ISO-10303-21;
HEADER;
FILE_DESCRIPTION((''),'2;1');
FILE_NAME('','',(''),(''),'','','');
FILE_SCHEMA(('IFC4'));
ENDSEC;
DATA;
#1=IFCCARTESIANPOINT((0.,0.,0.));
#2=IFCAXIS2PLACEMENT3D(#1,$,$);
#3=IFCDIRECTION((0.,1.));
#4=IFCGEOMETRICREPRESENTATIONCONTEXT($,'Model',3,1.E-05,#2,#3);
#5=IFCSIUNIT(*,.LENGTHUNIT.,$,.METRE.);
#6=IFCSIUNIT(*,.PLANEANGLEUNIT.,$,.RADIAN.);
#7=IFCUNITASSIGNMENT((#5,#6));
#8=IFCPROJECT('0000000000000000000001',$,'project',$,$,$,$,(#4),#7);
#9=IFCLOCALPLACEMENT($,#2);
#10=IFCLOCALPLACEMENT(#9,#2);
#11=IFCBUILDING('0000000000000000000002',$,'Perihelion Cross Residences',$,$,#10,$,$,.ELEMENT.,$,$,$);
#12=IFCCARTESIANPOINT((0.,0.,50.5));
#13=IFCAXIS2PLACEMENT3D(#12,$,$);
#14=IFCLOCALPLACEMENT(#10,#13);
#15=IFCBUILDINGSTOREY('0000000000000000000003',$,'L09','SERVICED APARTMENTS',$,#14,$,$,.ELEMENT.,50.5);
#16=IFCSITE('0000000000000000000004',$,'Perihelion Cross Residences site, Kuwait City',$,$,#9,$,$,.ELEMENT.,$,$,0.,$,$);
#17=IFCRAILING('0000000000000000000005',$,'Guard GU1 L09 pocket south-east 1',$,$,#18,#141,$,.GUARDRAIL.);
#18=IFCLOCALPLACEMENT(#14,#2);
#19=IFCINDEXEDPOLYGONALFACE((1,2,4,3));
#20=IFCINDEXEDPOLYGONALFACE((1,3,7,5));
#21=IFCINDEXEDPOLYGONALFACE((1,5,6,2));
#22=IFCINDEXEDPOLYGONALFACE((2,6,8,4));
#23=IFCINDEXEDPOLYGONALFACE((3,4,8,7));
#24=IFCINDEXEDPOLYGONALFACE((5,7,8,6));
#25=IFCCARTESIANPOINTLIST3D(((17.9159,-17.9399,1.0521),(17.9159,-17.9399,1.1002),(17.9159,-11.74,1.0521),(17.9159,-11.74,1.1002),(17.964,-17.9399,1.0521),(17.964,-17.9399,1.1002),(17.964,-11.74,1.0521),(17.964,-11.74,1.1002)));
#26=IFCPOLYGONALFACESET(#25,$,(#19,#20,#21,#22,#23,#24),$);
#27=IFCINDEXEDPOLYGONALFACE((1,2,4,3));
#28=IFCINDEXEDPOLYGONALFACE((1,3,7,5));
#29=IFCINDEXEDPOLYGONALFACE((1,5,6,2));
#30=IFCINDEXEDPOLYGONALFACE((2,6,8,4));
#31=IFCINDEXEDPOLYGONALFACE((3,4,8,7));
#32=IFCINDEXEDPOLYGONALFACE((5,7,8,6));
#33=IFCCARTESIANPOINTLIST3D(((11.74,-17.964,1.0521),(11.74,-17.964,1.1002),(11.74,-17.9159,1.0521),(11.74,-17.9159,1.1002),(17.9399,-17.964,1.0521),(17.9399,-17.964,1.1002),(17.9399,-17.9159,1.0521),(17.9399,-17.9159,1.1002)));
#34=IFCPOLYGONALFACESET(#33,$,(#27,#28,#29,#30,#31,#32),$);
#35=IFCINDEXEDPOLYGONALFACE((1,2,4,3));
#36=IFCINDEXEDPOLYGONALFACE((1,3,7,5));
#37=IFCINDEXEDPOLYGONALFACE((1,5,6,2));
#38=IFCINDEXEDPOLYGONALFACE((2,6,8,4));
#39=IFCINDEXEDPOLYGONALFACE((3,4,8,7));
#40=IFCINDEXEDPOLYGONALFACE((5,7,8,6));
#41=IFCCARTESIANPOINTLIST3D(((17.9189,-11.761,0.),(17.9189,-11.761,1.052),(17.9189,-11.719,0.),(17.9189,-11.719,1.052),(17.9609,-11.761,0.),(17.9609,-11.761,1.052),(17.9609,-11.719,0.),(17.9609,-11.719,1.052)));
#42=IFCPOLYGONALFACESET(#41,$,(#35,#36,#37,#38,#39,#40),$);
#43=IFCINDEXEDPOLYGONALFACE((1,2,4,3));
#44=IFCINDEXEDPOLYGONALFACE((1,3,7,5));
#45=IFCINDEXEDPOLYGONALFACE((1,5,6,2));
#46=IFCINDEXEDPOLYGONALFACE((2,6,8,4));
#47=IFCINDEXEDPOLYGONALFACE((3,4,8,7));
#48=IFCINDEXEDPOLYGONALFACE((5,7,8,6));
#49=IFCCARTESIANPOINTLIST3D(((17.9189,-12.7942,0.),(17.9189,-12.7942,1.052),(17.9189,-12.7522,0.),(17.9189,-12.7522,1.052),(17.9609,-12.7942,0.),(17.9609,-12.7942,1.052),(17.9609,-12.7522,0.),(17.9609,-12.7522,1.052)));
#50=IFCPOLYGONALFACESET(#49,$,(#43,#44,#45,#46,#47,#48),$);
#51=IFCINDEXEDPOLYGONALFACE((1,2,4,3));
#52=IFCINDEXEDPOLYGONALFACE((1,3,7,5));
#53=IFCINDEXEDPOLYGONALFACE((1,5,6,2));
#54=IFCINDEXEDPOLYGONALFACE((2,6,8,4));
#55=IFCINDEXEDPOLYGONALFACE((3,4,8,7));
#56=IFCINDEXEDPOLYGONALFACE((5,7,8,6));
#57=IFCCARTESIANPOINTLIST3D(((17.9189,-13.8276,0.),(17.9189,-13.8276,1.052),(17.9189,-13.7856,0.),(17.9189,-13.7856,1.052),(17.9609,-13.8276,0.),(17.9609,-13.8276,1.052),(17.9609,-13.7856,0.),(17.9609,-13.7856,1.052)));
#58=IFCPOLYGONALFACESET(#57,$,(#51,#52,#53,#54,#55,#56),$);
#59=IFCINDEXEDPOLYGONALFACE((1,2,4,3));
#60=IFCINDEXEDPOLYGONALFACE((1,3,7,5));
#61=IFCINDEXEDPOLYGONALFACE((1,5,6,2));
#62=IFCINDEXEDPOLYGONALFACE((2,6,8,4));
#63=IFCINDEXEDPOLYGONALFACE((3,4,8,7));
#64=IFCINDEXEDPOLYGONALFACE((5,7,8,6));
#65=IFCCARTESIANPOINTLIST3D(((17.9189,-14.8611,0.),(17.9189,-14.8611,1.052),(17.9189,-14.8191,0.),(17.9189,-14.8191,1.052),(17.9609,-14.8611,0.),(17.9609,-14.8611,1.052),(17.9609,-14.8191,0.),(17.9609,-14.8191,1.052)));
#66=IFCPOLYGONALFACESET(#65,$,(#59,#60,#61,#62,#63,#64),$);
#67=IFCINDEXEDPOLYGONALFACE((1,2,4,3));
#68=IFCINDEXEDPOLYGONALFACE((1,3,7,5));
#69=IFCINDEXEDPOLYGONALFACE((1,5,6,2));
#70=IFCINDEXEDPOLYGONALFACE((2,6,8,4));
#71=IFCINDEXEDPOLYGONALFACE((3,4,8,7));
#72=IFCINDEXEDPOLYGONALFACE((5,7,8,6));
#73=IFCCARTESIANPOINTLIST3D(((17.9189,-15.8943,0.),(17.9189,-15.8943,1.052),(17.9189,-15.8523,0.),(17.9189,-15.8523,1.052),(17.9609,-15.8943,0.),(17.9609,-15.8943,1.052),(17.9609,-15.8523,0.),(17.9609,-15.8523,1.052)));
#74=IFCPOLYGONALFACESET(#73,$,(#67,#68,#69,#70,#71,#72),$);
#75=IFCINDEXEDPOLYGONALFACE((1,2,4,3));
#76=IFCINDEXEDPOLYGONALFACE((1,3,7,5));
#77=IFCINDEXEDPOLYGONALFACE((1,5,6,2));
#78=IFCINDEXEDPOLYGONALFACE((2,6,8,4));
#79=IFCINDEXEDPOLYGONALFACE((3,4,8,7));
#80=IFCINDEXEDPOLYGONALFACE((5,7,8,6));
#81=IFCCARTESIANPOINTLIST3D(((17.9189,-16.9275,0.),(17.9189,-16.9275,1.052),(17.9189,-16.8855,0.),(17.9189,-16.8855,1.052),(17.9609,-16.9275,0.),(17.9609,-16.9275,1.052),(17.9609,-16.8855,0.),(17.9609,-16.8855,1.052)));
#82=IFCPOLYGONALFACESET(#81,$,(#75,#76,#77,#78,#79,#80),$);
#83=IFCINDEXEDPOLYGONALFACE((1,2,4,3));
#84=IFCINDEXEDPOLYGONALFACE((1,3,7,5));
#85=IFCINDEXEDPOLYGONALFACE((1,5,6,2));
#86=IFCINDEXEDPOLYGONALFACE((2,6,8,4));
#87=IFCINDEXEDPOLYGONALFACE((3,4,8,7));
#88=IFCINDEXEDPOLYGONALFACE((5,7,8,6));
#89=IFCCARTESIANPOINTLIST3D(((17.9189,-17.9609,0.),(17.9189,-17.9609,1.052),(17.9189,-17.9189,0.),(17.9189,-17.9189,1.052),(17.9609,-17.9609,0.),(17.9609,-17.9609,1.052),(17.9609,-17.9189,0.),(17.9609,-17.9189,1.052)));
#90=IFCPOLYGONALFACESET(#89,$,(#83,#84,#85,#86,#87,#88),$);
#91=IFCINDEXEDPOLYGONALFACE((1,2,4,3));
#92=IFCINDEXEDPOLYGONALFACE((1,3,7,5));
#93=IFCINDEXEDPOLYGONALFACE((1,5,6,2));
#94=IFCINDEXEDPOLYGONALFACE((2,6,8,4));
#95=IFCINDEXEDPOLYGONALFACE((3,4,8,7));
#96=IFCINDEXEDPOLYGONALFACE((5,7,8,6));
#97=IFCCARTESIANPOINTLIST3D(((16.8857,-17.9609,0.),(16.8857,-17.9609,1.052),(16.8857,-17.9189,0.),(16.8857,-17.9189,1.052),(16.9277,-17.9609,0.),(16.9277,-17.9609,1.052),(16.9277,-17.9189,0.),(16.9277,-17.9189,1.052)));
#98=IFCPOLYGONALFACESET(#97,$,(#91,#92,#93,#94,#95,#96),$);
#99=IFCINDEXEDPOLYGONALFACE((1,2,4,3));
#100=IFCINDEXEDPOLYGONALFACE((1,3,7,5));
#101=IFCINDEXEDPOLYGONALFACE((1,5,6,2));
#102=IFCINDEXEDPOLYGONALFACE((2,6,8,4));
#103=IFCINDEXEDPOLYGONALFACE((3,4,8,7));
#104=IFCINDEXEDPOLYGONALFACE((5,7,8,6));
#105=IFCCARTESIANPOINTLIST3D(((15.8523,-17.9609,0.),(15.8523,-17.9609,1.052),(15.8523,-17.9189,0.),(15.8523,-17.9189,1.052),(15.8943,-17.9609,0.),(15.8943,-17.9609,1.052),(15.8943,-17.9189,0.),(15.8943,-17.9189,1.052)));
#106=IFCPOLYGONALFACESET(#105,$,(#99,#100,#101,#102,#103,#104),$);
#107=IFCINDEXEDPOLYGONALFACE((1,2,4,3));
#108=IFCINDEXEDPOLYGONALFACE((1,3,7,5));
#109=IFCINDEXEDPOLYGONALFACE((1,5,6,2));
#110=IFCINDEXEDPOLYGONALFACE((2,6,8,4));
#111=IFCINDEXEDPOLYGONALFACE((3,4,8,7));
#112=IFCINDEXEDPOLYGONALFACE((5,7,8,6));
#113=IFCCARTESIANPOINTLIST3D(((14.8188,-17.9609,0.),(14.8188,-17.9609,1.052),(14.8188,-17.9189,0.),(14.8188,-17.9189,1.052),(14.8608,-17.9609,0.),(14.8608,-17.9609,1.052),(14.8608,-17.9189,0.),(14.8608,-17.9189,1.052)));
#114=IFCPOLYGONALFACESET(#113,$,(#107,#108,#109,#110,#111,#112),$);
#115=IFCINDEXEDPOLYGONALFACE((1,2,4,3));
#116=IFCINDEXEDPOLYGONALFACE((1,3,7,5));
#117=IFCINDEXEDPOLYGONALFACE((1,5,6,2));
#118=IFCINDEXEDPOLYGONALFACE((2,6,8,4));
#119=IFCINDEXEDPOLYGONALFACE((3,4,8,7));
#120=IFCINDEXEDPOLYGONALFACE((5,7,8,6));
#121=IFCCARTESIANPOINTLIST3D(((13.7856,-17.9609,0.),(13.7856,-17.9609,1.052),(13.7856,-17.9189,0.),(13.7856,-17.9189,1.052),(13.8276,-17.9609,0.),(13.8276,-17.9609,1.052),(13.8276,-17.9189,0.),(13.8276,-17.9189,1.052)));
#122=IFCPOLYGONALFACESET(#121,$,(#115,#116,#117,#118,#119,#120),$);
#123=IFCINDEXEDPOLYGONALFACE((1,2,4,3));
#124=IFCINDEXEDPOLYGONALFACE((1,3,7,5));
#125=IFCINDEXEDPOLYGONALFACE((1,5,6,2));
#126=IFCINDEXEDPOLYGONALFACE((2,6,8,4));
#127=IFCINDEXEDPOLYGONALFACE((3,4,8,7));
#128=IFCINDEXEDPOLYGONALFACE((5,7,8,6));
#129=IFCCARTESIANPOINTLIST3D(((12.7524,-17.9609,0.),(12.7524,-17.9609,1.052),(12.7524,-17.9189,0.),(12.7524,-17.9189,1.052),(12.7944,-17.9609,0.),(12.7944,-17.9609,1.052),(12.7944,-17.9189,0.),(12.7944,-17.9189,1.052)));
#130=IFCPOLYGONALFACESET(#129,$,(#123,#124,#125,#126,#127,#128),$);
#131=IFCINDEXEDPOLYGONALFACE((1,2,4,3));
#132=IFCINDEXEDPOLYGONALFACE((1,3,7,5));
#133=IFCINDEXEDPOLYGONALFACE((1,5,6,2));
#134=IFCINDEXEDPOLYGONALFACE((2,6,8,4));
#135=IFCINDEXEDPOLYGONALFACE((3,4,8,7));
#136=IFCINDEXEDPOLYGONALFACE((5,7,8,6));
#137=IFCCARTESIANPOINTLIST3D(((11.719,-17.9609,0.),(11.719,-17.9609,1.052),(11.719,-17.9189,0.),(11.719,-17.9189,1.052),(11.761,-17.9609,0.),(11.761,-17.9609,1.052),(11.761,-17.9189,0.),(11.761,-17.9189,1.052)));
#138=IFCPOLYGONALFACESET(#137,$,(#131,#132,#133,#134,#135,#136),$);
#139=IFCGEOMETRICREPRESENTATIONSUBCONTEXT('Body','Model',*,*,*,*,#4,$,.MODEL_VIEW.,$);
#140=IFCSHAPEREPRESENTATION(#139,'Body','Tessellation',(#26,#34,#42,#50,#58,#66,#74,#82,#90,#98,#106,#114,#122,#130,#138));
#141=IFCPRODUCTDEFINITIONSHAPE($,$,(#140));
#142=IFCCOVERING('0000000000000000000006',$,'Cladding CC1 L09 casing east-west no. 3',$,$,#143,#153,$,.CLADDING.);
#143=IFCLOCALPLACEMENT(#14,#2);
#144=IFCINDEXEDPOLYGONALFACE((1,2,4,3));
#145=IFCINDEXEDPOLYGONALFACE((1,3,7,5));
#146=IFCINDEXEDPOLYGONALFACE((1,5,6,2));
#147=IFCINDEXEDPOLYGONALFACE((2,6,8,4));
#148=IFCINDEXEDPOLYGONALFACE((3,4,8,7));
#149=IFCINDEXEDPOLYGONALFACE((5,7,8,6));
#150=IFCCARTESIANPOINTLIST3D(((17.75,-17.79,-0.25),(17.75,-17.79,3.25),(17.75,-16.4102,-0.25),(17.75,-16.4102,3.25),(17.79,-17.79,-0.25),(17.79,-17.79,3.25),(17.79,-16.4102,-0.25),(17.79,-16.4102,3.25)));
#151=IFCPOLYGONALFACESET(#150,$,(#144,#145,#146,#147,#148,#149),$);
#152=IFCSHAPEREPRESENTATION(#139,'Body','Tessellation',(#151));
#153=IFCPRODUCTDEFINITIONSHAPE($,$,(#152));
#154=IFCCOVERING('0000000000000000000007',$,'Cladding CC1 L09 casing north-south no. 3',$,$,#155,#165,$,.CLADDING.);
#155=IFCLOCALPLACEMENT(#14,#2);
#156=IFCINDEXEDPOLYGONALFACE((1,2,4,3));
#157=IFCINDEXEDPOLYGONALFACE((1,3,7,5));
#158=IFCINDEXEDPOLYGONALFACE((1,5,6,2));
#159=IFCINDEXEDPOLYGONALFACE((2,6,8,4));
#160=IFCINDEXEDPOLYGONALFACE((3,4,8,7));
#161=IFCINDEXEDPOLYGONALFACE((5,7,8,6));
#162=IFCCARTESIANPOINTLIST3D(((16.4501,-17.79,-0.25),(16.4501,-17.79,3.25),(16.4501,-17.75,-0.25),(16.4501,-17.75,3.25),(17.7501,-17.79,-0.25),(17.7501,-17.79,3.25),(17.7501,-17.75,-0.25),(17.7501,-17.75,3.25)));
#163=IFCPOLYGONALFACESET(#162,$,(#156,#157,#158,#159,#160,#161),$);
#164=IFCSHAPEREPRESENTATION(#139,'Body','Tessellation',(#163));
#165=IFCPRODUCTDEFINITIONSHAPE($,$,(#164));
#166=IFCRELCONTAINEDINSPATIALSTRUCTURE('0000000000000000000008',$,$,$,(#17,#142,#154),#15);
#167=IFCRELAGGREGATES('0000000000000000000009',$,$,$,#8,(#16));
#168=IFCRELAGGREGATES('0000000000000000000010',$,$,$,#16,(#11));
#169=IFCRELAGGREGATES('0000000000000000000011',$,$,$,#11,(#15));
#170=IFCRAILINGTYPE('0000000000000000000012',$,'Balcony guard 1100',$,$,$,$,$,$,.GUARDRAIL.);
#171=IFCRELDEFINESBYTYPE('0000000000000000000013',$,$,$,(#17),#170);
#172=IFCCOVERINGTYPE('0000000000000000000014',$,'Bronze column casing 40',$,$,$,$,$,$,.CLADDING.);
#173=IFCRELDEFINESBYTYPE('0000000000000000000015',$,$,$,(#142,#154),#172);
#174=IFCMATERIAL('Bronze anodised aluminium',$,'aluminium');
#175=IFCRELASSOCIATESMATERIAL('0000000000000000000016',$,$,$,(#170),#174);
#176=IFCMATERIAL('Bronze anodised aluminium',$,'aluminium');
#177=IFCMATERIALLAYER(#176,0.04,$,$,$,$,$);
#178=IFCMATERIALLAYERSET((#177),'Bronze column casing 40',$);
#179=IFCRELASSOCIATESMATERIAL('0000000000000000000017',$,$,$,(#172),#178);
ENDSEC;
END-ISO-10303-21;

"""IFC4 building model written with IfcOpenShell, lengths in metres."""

from ifc_helpers import new_model, si_unit, direction, frame, origin, origin_2d, place, context, subcontext, project, spatial, rectangle, extrude, material, layer, layer_set, type_object, element, save


model = new_model("IFC4")

# Units and contexts
model_context = context("Model", 3, precision=1e-05, world=origin(), true_north=direction((0.0, 1.0)))
body_context = subcontext(model_context, "Body", "Model", "MODEL_VIEW")
ifc_project = project(units=[si_unit("LENGTHUNIT", "METRE"), si_unit("PLANEANGLEUNIT", "RADIAN")], contexts=[model_context])

# Site, building, storey
site_placement = place(None, origin())
site = spatial("IfcSite", under=ifc_project, at=site_placement, Name="Perihelion Cross Residences site, Kuwait City", CompositionType="ELEMENT", RefElevation=0.0)
building_placement = place(site_placement, origin())
building = spatial("IfcBuilding", under=site, at=building_placement, Name="Perihelion Cross Residences", CompositionType="ELEMENT")
storey_placement = place(building_placement, frame((0.0, 0.0, 50.5)))
storey = spatial("IfcBuildingStorey", under=building, at=storey_placement, Name="L09", Description="SERVICED APARTMENTS", CompositionType="ELEMENT", Elevation=50.5)

# Railing
ifc_material_1 = material(Name="Bronze anodised aluminium", Category="aluminium")
railing_type = type_object("IfcRailingType", Name="Balcony guard 1100", PredefinedType="GUARDRAIL", material=ifc_material_1)
railing_1_placement = place(storey_placement, frame((17.9399, -11.74, 0.0)))
element("IfcRailing", 1, at=railing_1_placement, inside=storey, type_object=railing_type, Name="Guard GU1 L09 pocket south-east 1", PredefinedType="GUARDRAIL", context=body_context, shape_type="SweptSolid", body=[
    extrude(rectangle(XDim=0.0481, YDim=0.0481, at=origin_2d()), frame((0.0, 0.0, 1.0762), z_axis=(0.0, -1.0, 0.0), x_axis=(1.0, 0.0, 0.0)), (0.0, 0.0, 1.0), 6.2),
    extrude(rectangle(XDim=0.0481, YDim=0.0481, at=origin_2d()), frame((0.0, -6.2, 1.0762), z_axis=(-1.0, 0.0, 0.0), x_axis=(0.0, -1.0, 0.0)), (0.0, 0.0, 1.0), 6.2),
    extrude(rectangle(XDim=0.042, YDim=0.042, at=origin_2d()), origin(), (0.0, 0.0, 1.0), 1.052),
    extrude(rectangle(XDim=0.042, YDim=0.042, at=origin_2d()), frame((0.0, -1.0332, 0.0)), (0.0, 0.0, 1.0), 1.052),
    extrude(rectangle(XDim=0.042, YDim=0.042, at=origin_2d()), frame((0.0, -2.0667, 0.0)), (0.0, 0.0, 1.0), 1.052),
    extrude(rectangle(XDim=0.042, YDim=0.042, at=origin_2d()), frame((0.0, -3.1001, 0.0)), (0.0, 0.0, 1.0), 1.052),
    extrude(rectangle(XDim=0.042, YDim=0.042, at=origin_2d()), frame((0.0, -4.1333, 0.0)), (0.0, 0.0, 1.0), 1.052),
    extrude(rectangle(XDim=0.042, YDim=0.042, at=origin_2d()), frame((0.0, -5.1665, 0.0)), (0.0, 0.0, 1.0), 1.052),
    extrude(rectangle(XDim=0.042, YDim=0.042, at=origin_2d()), frame((0.0, -6.2, 0.0)), (0.0, 0.0, 1.0), 1.052),
    extrude(rectangle(XDim=0.042, YDim=0.042, at=origin_2d()), frame((-1.0332, -6.2, 0.0)), (0.0, 0.0, 1.0), 1.052),
    extrude(rectangle(XDim=0.042, YDim=0.042, at=origin_2d()), frame((-2.0667, -6.2, 0.0)), (0.0, 0.0, 1.0), 1.052),
    extrude(rectangle(XDim=0.042, YDim=0.042, at=origin_2d()), frame((-3.1001, -6.2, 0.0)), (0.0, 0.0, 1.0), 1.052),
    extrude(rectangle(XDim=0.042, YDim=0.042, at=origin_2d()), frame((-4.1333, -6.2, 0.0)), (0.0, 0.0, 1.0), 1.052),
    extrude(rectangle(XDim=0.042, YDim=0.042, at=origin_2d()), frame((-5.1665, -6.2, 0.0)), (0.0, 0.0, 1.0), 1.052),
    extrude(rectangle(XDim=0.042, YDim=0.042, at=origin_2d()), frame((-6.2, -6.2, 0.0)), (0.0, 0.0, 1.0), 1.052),
])

# Coverings
ifc_material_2 = material(Name="Bronze anodised aluminium", Category="aluminium")
ifc_layer_1 = layer(ifc_material_2, 0.04)
ifc_layer_set_1 = layer_set([ifc_layer_1], Name="Bronze column casing 40")
covering_type = type_object("IfcCoveringType", Name="Bronze column casing 40", PredefinedType="CLADDING", material=ifc_layer_set_1)
covering_1_placement = place(storey_placement, frame((17.77, -17.1001, -0.25), z_axis=(0.0, 0.0, 1.0), x_axis=(1.0, 0.0, 0.0)))
element("IfcCovering", 2, at=covering_1_placement, inside=storey, type_object=covering_type, Name="Cladding CC1 L09 casing east-west no. 3", PredefinedType="CLADDING", context=body_context, shape_type="SweptSolid", body=[
    extrude(rectangle(XDim=0.04, YDim=1.3799, at=origin_2d()), origin(), (0.0, 0.0, 1.0), 3.5),
])
covering_2_placement = place(storey_placement, frame((17.1001, -17.77, -0.25), z_axis=(0.0, 0.0, 1.0), x_axis=(1.0, 0.0, 0.0)))
element("IfcCovering", 3, at=covering_2_placement, inside=storey, type_object=covering_type, Name="Cladding CC1 L09 casing north-south no. 3", PredefinedType="CLADDING", context=body_context, shape_type="SweptSolid", body=[
    extrude(rectangle(XDim=1.3, YDim=0.04, at=origin_2d()), origin(), (0.0, 0.0, 1.0), 3.5),
])

save(model, "model.ifc")
